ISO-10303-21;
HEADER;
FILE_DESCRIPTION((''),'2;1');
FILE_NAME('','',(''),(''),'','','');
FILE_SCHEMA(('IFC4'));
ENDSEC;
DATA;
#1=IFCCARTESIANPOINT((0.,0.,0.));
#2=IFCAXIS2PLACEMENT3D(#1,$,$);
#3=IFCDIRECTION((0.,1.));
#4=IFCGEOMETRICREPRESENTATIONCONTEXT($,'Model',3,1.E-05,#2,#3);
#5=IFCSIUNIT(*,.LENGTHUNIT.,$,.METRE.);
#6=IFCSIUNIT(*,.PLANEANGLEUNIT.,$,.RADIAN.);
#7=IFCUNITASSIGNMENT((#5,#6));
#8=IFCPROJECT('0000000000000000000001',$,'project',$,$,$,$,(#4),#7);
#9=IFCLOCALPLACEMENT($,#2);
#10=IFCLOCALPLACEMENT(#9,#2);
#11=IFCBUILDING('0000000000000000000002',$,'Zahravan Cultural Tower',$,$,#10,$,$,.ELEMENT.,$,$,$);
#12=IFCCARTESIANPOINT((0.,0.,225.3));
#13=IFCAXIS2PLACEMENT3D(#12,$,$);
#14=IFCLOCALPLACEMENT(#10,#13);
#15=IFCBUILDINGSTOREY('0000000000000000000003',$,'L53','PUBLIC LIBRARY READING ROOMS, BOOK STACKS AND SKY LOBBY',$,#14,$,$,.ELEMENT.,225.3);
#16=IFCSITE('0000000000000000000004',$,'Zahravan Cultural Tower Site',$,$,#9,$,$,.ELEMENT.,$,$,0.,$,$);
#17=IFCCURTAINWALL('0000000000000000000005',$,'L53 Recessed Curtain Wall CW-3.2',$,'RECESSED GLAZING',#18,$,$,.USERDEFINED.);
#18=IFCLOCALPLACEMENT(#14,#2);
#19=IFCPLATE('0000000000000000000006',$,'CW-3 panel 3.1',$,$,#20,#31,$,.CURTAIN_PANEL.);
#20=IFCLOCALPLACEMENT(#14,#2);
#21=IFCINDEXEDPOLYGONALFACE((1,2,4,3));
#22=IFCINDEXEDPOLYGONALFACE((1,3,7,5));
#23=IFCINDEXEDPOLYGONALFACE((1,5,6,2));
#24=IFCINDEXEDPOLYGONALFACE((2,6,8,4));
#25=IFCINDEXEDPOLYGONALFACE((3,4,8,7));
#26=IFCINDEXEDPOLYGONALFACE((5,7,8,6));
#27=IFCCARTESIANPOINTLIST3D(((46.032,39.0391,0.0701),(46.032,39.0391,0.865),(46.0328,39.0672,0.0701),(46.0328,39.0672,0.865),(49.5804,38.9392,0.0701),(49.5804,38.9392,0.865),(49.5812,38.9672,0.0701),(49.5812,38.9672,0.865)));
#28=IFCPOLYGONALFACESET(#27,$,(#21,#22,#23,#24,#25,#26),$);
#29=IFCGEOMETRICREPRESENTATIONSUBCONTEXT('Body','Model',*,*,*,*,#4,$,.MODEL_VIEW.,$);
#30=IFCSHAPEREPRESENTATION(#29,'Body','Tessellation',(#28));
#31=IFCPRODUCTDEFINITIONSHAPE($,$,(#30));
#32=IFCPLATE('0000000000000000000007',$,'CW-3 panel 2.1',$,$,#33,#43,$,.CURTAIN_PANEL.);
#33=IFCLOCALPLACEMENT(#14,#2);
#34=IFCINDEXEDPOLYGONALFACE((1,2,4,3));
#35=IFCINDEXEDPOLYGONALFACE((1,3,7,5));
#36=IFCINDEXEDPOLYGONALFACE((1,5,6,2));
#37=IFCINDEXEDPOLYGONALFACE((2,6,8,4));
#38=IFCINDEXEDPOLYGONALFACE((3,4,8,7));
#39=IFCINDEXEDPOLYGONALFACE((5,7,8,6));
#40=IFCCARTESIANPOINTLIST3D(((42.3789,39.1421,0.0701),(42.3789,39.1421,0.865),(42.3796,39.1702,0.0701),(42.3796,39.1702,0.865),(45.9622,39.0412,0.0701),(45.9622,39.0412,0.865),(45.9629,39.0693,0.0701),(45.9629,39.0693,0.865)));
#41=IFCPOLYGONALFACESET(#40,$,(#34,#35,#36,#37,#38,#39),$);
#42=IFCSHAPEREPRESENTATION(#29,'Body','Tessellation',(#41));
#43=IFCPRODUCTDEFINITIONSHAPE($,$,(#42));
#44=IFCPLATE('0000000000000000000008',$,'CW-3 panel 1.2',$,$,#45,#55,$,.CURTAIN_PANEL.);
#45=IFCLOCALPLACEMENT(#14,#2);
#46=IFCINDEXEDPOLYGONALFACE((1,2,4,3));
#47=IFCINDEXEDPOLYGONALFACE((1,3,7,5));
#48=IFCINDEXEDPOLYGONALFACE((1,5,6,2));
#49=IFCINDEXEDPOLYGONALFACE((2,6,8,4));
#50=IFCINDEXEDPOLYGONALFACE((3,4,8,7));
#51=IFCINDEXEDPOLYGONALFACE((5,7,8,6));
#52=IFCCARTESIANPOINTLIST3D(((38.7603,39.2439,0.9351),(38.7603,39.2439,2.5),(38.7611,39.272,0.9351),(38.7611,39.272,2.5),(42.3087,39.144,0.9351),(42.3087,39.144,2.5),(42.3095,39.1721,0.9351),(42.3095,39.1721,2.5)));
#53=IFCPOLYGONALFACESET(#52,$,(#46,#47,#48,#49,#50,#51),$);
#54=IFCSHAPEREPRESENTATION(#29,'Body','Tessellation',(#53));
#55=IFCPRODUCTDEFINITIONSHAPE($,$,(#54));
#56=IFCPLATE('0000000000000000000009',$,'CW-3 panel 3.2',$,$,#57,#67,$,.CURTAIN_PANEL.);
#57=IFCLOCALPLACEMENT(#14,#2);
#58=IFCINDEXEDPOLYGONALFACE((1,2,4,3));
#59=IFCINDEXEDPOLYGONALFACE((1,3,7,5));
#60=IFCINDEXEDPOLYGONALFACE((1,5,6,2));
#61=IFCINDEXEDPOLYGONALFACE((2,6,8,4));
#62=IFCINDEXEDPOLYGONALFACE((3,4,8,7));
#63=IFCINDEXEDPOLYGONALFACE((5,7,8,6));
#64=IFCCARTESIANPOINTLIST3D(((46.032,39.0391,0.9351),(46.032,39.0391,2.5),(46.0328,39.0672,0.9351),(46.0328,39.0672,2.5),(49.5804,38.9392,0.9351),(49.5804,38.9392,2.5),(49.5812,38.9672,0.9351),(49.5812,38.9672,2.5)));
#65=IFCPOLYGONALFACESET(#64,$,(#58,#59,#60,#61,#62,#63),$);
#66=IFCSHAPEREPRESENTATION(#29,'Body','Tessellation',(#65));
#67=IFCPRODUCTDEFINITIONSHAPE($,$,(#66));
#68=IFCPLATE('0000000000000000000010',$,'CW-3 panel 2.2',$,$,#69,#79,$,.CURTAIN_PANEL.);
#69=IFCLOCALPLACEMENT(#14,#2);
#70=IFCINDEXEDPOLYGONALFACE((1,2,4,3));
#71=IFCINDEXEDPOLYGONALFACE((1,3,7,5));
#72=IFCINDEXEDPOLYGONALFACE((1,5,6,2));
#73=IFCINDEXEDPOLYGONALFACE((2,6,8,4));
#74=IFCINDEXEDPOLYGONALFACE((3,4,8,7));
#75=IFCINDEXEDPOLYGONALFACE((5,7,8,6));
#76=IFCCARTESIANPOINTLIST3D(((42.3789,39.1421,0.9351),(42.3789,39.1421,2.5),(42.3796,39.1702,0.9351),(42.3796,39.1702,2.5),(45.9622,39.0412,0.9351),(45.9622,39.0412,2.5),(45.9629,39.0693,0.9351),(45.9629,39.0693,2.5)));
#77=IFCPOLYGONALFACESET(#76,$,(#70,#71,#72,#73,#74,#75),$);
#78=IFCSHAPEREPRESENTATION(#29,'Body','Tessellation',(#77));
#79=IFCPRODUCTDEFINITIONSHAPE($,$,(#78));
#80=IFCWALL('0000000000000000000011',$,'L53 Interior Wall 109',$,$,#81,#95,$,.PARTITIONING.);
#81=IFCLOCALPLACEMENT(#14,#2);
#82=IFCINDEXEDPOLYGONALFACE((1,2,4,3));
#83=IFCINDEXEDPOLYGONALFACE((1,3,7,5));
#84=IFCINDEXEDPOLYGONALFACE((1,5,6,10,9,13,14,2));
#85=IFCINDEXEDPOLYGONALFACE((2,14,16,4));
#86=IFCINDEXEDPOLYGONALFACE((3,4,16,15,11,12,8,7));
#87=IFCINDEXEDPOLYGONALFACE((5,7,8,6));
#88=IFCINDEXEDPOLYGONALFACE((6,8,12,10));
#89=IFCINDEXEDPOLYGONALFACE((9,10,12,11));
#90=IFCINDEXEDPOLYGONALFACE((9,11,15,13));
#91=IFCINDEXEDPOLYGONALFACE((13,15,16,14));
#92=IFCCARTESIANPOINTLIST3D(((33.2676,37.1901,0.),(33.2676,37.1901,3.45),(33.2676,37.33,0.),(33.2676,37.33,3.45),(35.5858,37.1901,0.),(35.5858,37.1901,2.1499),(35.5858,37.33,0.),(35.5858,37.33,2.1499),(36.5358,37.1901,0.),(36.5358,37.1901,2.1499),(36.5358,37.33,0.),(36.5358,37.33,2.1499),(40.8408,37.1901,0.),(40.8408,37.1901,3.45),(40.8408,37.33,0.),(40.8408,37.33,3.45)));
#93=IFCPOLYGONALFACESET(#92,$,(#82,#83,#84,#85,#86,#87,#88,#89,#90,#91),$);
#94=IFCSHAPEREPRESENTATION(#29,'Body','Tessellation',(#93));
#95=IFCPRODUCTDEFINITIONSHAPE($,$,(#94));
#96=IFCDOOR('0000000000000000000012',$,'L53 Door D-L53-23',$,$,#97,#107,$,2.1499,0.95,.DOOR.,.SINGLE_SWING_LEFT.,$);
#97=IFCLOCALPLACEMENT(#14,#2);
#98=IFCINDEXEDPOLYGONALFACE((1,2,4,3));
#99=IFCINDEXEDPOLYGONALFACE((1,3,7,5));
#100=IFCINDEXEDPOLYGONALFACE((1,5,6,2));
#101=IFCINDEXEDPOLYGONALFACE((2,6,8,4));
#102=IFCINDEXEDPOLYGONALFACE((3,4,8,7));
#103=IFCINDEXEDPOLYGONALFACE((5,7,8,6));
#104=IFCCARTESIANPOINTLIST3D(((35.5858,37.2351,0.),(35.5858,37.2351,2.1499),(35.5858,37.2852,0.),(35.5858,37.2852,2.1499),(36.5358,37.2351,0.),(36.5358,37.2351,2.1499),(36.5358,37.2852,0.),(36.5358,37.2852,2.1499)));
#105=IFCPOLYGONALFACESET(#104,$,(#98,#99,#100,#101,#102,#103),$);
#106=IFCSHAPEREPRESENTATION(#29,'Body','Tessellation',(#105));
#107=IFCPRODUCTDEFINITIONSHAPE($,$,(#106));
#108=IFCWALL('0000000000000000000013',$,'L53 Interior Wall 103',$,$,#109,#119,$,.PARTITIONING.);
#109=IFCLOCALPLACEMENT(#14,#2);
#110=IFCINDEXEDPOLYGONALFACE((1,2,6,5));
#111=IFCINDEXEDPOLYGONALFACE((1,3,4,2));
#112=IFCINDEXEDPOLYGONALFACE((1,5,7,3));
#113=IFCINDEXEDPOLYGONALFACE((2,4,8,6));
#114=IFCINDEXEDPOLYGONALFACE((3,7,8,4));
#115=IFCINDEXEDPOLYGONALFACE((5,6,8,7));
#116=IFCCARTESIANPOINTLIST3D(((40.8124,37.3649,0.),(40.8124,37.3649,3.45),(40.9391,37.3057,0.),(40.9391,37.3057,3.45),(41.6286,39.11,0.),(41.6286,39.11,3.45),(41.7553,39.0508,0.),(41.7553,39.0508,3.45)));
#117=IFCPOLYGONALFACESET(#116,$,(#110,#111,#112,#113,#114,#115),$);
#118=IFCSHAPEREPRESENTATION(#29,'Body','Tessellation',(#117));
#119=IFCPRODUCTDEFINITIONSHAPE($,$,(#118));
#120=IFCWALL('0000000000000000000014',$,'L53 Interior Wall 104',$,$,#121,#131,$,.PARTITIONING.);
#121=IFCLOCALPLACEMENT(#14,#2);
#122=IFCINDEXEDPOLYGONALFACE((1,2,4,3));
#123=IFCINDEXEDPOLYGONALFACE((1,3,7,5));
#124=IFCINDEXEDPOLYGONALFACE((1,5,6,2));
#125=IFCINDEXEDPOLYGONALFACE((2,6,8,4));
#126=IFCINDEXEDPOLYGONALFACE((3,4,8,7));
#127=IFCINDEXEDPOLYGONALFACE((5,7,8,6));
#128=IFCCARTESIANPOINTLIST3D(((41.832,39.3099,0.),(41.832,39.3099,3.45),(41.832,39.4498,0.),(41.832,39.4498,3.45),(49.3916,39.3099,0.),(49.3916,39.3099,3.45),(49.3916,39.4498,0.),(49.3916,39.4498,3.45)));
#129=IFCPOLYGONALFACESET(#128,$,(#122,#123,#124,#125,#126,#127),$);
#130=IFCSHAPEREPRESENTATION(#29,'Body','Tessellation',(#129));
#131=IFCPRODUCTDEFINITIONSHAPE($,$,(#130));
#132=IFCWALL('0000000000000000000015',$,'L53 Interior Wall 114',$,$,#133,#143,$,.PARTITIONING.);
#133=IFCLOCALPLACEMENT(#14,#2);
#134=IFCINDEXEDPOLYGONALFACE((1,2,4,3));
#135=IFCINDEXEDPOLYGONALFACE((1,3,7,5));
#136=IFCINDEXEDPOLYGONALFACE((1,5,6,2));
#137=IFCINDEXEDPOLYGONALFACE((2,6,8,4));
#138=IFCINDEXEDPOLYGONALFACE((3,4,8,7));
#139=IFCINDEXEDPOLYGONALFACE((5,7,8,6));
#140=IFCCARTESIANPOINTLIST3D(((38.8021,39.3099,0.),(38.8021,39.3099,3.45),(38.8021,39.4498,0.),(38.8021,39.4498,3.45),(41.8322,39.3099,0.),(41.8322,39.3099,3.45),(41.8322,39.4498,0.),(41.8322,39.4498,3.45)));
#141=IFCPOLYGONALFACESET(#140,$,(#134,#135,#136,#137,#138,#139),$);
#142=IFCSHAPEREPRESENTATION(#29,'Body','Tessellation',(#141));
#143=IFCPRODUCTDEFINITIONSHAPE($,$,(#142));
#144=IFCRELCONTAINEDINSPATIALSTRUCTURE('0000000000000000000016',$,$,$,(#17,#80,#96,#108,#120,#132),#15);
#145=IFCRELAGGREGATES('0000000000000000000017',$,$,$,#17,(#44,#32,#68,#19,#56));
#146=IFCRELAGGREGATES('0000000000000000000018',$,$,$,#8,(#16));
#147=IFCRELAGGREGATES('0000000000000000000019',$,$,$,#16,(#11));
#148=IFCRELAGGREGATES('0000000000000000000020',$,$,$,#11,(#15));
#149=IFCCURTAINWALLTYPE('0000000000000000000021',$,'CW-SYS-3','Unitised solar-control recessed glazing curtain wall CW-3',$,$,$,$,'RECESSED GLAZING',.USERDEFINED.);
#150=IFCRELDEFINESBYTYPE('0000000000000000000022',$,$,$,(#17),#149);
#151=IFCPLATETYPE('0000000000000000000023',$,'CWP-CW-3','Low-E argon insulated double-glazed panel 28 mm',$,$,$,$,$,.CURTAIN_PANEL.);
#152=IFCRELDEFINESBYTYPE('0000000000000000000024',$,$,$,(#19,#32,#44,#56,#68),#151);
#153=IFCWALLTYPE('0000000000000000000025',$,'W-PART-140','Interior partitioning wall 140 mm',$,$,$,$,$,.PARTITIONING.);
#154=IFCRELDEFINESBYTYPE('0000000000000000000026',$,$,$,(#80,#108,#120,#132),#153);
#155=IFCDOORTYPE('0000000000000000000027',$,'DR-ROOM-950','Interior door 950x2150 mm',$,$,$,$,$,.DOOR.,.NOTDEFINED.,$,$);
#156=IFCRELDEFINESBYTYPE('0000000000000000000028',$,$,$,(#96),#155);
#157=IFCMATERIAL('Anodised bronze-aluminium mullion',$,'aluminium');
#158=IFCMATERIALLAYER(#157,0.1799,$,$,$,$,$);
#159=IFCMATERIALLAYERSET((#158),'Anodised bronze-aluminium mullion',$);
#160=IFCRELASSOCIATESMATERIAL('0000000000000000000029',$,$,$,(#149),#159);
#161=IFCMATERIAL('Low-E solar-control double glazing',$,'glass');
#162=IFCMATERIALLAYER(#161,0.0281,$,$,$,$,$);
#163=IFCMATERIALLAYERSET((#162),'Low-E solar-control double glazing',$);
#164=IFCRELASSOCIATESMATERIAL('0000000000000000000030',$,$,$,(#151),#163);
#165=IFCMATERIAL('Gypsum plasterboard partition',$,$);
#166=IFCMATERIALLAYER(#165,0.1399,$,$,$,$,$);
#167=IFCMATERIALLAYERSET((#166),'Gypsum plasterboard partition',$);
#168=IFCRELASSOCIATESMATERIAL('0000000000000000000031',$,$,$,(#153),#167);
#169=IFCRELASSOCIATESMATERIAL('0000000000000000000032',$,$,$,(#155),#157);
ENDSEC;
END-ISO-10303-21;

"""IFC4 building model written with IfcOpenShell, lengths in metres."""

from ifc_helpers import new_model, si_unit, direction, frame, frame_2d, origin, origin_2d, place, context, subcontext, project, spatial, rectangle, extrude, source, transform, mapped, material, layer, layer_set, type_object, element, fill, aggregate, save


model = new_model("IFC4")

# Units and contexts
model_context = context("Model", 3, precision=1e-05, world=origin(), true_north=direction((0.0, 1.0)))
body_context = subcontext(model_context, "Body", "Model", "MODEL_VIEW")
ifc_project = project(units=[si_unit("LENGTHUNIT", "METRE"), si_unit("PLANEANGLEUNIT", "RADIAN")], contexts=[model_context])

# Site, building, storey
site_placement = place(None, origin())
site = spatial("IfcSite", under=ifc_project, at=site_placement, Name="Zahravan Cultural Tower Site", CompositionType="ELEMENT", RefElevation=0.0)
building_placement = place(site_placement, origin())
building = spatial("IfcBuilding", under=site, at=building_placement, Name="Zahravan Cultural Tower", CompositionType="ELEMENT")
storey_placement = place(building_placement, frame((0.0, 0.0, 225.3)))
storey = spatial("IfcBuildingStorey", under=building, at=storey_placement, Name="L53", Description="PUBLIC LIBRARY READING ROOMS, BOOK STACKS AND SKY LOBBY", CompositionType="ELEMENT", Elevation=225.3)

# Curtain wall, plates
ifc_material_1 = material(Name="Anodised bronze-aluminium mullion", Category="aluminium")
ifc_layer_1 = layer(ifc_material_1, 0.1799)
ifc_layer_set_1 = layer_set([ifc_layer_1], Name="Anodised bronze-aluminium mullion")
curtain_wall_type = type_object("IfcCurtainWallType", Name="CW-SYS-3", Description="Unitised solar-control recessed glazing curtain wall CW-3", ElementType="RECESSED GLAZING", PredefinedType="USERDEFINED", material=ifc_layer_set_1)
curtain_wall_placement = place(storey_placement, origin())
curtain_wall = element("IfcCurtainWall", 1, at=curtain_wall_placement, inside=storey, type_object=curtain_wall_type, Name="L53 Recessed Curtain Wall CW-3.2", ObjectType="RECESSED GLAZING", PredefinedType="USERDEFINED")
ifc_material_2 = material(Name="Low-E solar-control double glazing", Category="glass")
ifc_layer_2 = layer(ifc_material_2, 0.0281)
ifc_layer_set_2 = layer_set([ifc_layer_2], Name="Low-E solar-control double glazing")
plate_type = type_object("IfcPlateType", Name="CWP-CW-3", Description="Low-E argon insulated double-glazed panel 28 mm", PredefinedType="CURTAIN_PANEL", material=ifc_layer_set_2)
shared_shape_1 = source(origin(), body_context, "Body", "SweptSolid", [
    extrude(rectangle(XDim=3.5498, YDim=0.0281, at=origin_2d()), origin(), (0.0, 0.0, 1.0), 0.7949),
])
plate_1_placement = place(storey_placement, frame((47.8066, 39.0032, 0.0701), z_axis=(0.0, 0.0, 1.0), x_axis=(0.999604, -0.028155, 0.0)))
plate_1 = element("IfcPlate", 2, at=plate_1_placement, type_object=plate_type, Name="CW-3 panel 3.1", PredefinedType="CURTAIN_PANEL", context=body_context, shape_type="MappedRepresentation", body=[
    mapped(shared_shape_1, transform((0.0, 0.0, 0.0), x_axis=(1.0, 0.0, 0.0), y_axis=(0.0, 1.0, 0.0), z_axis=(0.0, 0.0, 1.0), scale=1.0)),
])
shared_shape_2 = source(origin(), body_context, "Body", "SweptSolid", [
    extrude(rectangle(XDim=3.5847, YDim=0.0281, at=origin_2d()), origin(), (0.0, 0.0, 1.0), 0.7949),
])
plate_2_placement = place(storey_placement, frame((44.1709, 39.1057, 0.0701), z_axis=(0.0, 0.0, 1.0), x_axis=(0.999604, -0.028155, 0.0)))
plate_2 = element("IfcPlate", 3, at=plate_2_placement, type_object=plate_type, Name="CW-3 panel 2.1", PredefinedType="CURTAIN_PANEL", context=body_context, shape_type="MappedRepresentation", body=[
    mapped(shared_shape_2, transform((0.0, 0.0, 0.0), x_axis=(1.0, 0.0, 0.0), y_axis=(0.0, 1.0, 0.0), z_axis=(0.0, 0.0, 1.0), scale=1.0)),
])
shared_shape_3 = source(origin(), body_context, "Body", "SweptSolid", [
    extrude(rectangle(XDim=3.5498, YDim=0.0281, at=origin_2d()), origin(), (0.0, 0.0, 1.0), 1.5649),
])
plate_3_placement = place(storey_placement, frame((40.5349, 39.208, 0.9351), z_axis=(0.0, 0.0, 1.0), x_axis=(0.999604, -0.028155, 0.0)))
plate_3 = element("IfcPlate", 4, at=plate_3_placement, type_object=plate_type, Name="CW-3 panel 1.2", PredefinedType="CURTAIN_PANEL", context=body_context, shape_type="MappedRepresentation", body=[
    mapped(shared_shape_3, transform((0.0, 0.0, 0.0), x_axis=(1.0, 0.0, 0.0), y_axis=(0.0, 1.0, 0.0), z_axis=(0.0, 0.0, 1.0), scale=1.0)),
])
plate_4_placement = place(storey_placement, frame((47.8066, 39.0032, 0.9351), z_axis=(0.0, 0.0, 1.0), x_axis=(0.999604, -0.028155, 0.0)))
plate_4 = element("IfcPlate", 5, at=plate_4_placement, type_object=plate_type, Name="CW-3 panel 3.2", PredefinedType="CURTAIN_PANEL", context=body_context, shape_type="MappedRepresentation", body=[
    mapped(shared_shape_3, transform((0.0, 0.0, 0.0), x_axis=(1.0, 0.0, 0.0), y_axis=(0.0, 1.0, 0.0), z_axis=(0.0, 0.0, 1.0), scale=1.0)),
])
shared_shape_4 = source(origin(), body_context, "Body", "SweptSolid", [
    extrude(rectangle(XDim=3.5847, YDim=0.0281, at=origin_2d()), origin(), (0.0, 0.0, 1.0), 1.5649),
])
plate_5_placement = place(storey_placement, frame((44.1709, 39.1057, 0.9351), z_axis=(0.0, 0.0, 1.0), x_axis=(0.999604, -0.028155, 0.0)))
plate_5 = element("IfcPlate", 6, at=plate_5_placement, type_object=plate_type, Name="CW-3 panel 2.2", PredefinedType="CURTAIN_PANEL", context=body_context, shape_type="MappedRepresentation", body=[
    mapped(shared_shape_4, transform((0.0, 0.0, 0.0), x_axis=(1.0, 0.0, 0.0), y_axis=(0.0, 1.0, 0.0), z_axis=(0.0, 0.0, 1.0), scale=1.0)),
])
aggregate(curtain_wall, [plate_3, plate_2, plate_5, plate_1, plate_4])

# Wall, opening, door
ifc_material_3 = material(Name="Gypsum plasterboard partition")
ifc_layer_3 = layer(ifc_material_3, 0.1399)
ifc_layer_set_3 = layer_set([ifc_layer_3], Name="Gypsum plasterboard partition")
wall_type = type_object("IfcWallType", Name="W-PART-140", Description="Interior partitioning wall 140 mm", PredefinedType="PARTITIONING", material=ifc_layer_set_3)
door_type = type_object("IfcDoorType", Name="DR-ROOM-950", Description="Interior door 950x2150 mm", OperationType="NOTDEFINED", PredefinedType="DOOR", material=ifc_material_1)
shared_shape_5 = source(origin(), body_context, "Body", "SweptSolid", [
    extrude(rectangle(XDim=0.95, YDim=2.1499, at=frame_2d((0.4751, 1.075))), frame((0.0, 0.0249, 0.0), z_axis=(0.0, -1.0, 0.0), x_axis=(1.0, 0.0, 0.0)), (0.0, 0.0, 1.0), 0.05),
])
wall_1_placement = place(storey_placement, frame((40.8408, 37.26, 0.0), z_axis=(0.0, 0.0, 1.0), x_axis=(-1.0, 0.0, 0.0)))
wall_1 = element("IfcWall", 7, at=wall_1_placement, inside=storey, type_object=wall_type, Name="L53 Interior Wall 109", PredefinedType="PARTITIONING", context=body_context, shape_type="SweptSolid", body=[
    extrude(rectangle(XDim=7.5732, YDim=0.1399, at=frame_2d((3.7866, 0.0))), origin(), (0.0, 0.0, 1.0), 3.45),
])
opening_1_placement = place(wall_1_placement, frame((4.3049, 0.0, 0.0)))
opening_1 = element("IfcOpeningElement", 8, at=opening_1_placement, cuts=wall_1, PredefinedType="OPENING", context=body_context, shape_type="SweptSolid", body=[
    extrude(rectangle(XDim=0.95, YDim=2.1499, at=frame_2d((0.4751, 1.075))), frame((0.0, 0.0798, 0.0), z_axis=(0.0, -1.0, 0.0), x_axis=(1.0, 0.0, 0.0)), (0.0, 0.0, 1.0), 0.1599),
])
door_1_placement = place(opening_1_placement, origin())
door_1 = element("IfcDoor", 9, at=door_1_placement, inside=storey, type_object=door_type, Name="L53 Door D-L53-23", OperationType="SINGLE_SWING_LEFT", OverallHeight=2.1499, OverallWidth=0.95, PredefinedType="DOOR", context=body_context, shape_type="MappedRepresentation", body=[
    mapped(shared_shape_5, transform((0.0, 0.0, 0.0), x_axis=(1.0, 0.0, 0.0), y_axis=(0.0, 1.0, 0.0), z_axis=(0.0, 0.0, 1.0), scale=1.0)),
])
fill(opening_1, door_1)

# Walls
shared_shape_6 = source(origin(), body_context, "Body", "SweptSolid", [
    extrude(rectangle(XDim=1.9265, YDim=0.1399, at=frame_2d((0.9634, 0.0))), origin(), (0.0, 0.0, 1.0), 3.45),
])
wall_2_placement = place(storey_placement, frame((40.8757, 37.3352, 0.0), z_axis=(0.0, 0.0, 1.0), x_axis=(0.423642, 0.90583, 0.0)))
element("IfcWall", 10, at=wall_2_placement, inside=storey, type_object=wall_type, Name="L53 Interior Wall 103", PredefinedType="PARTITIONING", context=body_context, shape_type="MappedRepresentation", body=[
    mapped(shared_shape_6, transform((0.0, 0.0, 0.0), x_axis=(1.0, 0.0, 0.0), y_axis=(0.0, 1.0, 0.0), z_axis=(0.0, 0.0, 1.0), scale=1.0)),
])
shared_shape_7 = source(origin(), body_context, "Body", "SweptSolid", [
    extrude(rectangle(XDim=7.5596, YDim=0.1399, at=frame_2d((3.7798, 0.0))), origin(), (0.0, 0.0, 1.0), 3.45),
])
wall_3_placement = place(storey_placement, frame((41.832, 39.3799, 0.0), z_axis=(0.0, 0.0, 1.0), x_axis=(1.0, 0.0, 0.0)))
element("IfcWall", 11, at=wall_3_placement, inside=storey, type_object=wall_type, Name="L53 Interior Wall 104", PredefinedType="PARTITIONING", context=body_context, shape_type="MappedRepresentation", body=[
    mapped(shared_shape_7, transform((0.0, 0.0, 0.0), x_axis=(1.0, 0.0, 0.0), y_axis=(0.0, 1.0, 0.0), z_axis=(0.0, 0.0, 1.0), scale=1.0)),
])
shared_shape_8 = source(origin(), body_context, "Body", "SweptSolid", [
    extrude(rectangle(XDim=3.03, YDim=0.1399, at=frame_2d((1.5151, 0.0))), origin(), (0.0, 0.0, 1.0), 3.45),
])
wall_4_placement = place(storey_placement, frame((38.802, 39.3799, 0.0), z_axis=(0.0, 0.0, 1.0), x_axis=(1.0, 0.0, 0.0)))
element("IfcWall", 12, at=wall_4_placement, inside=storey, type_object=wall_type, Name="L53 Interior Wall 114", PredefinedType="PARTITIONING", context=body_context, shape_type="MappedRepresentation", body=[
    mapped(shared_shape_8, transform((0.0, 0.0, 0.0), x_axis=(1.0, 0.0, 0.0), y_axis=(0.0, 1.0, 0.0), z_axis=(0.0, 0.0, 1.0), scale=1.0)),
])

save(model, "model.ifc")
